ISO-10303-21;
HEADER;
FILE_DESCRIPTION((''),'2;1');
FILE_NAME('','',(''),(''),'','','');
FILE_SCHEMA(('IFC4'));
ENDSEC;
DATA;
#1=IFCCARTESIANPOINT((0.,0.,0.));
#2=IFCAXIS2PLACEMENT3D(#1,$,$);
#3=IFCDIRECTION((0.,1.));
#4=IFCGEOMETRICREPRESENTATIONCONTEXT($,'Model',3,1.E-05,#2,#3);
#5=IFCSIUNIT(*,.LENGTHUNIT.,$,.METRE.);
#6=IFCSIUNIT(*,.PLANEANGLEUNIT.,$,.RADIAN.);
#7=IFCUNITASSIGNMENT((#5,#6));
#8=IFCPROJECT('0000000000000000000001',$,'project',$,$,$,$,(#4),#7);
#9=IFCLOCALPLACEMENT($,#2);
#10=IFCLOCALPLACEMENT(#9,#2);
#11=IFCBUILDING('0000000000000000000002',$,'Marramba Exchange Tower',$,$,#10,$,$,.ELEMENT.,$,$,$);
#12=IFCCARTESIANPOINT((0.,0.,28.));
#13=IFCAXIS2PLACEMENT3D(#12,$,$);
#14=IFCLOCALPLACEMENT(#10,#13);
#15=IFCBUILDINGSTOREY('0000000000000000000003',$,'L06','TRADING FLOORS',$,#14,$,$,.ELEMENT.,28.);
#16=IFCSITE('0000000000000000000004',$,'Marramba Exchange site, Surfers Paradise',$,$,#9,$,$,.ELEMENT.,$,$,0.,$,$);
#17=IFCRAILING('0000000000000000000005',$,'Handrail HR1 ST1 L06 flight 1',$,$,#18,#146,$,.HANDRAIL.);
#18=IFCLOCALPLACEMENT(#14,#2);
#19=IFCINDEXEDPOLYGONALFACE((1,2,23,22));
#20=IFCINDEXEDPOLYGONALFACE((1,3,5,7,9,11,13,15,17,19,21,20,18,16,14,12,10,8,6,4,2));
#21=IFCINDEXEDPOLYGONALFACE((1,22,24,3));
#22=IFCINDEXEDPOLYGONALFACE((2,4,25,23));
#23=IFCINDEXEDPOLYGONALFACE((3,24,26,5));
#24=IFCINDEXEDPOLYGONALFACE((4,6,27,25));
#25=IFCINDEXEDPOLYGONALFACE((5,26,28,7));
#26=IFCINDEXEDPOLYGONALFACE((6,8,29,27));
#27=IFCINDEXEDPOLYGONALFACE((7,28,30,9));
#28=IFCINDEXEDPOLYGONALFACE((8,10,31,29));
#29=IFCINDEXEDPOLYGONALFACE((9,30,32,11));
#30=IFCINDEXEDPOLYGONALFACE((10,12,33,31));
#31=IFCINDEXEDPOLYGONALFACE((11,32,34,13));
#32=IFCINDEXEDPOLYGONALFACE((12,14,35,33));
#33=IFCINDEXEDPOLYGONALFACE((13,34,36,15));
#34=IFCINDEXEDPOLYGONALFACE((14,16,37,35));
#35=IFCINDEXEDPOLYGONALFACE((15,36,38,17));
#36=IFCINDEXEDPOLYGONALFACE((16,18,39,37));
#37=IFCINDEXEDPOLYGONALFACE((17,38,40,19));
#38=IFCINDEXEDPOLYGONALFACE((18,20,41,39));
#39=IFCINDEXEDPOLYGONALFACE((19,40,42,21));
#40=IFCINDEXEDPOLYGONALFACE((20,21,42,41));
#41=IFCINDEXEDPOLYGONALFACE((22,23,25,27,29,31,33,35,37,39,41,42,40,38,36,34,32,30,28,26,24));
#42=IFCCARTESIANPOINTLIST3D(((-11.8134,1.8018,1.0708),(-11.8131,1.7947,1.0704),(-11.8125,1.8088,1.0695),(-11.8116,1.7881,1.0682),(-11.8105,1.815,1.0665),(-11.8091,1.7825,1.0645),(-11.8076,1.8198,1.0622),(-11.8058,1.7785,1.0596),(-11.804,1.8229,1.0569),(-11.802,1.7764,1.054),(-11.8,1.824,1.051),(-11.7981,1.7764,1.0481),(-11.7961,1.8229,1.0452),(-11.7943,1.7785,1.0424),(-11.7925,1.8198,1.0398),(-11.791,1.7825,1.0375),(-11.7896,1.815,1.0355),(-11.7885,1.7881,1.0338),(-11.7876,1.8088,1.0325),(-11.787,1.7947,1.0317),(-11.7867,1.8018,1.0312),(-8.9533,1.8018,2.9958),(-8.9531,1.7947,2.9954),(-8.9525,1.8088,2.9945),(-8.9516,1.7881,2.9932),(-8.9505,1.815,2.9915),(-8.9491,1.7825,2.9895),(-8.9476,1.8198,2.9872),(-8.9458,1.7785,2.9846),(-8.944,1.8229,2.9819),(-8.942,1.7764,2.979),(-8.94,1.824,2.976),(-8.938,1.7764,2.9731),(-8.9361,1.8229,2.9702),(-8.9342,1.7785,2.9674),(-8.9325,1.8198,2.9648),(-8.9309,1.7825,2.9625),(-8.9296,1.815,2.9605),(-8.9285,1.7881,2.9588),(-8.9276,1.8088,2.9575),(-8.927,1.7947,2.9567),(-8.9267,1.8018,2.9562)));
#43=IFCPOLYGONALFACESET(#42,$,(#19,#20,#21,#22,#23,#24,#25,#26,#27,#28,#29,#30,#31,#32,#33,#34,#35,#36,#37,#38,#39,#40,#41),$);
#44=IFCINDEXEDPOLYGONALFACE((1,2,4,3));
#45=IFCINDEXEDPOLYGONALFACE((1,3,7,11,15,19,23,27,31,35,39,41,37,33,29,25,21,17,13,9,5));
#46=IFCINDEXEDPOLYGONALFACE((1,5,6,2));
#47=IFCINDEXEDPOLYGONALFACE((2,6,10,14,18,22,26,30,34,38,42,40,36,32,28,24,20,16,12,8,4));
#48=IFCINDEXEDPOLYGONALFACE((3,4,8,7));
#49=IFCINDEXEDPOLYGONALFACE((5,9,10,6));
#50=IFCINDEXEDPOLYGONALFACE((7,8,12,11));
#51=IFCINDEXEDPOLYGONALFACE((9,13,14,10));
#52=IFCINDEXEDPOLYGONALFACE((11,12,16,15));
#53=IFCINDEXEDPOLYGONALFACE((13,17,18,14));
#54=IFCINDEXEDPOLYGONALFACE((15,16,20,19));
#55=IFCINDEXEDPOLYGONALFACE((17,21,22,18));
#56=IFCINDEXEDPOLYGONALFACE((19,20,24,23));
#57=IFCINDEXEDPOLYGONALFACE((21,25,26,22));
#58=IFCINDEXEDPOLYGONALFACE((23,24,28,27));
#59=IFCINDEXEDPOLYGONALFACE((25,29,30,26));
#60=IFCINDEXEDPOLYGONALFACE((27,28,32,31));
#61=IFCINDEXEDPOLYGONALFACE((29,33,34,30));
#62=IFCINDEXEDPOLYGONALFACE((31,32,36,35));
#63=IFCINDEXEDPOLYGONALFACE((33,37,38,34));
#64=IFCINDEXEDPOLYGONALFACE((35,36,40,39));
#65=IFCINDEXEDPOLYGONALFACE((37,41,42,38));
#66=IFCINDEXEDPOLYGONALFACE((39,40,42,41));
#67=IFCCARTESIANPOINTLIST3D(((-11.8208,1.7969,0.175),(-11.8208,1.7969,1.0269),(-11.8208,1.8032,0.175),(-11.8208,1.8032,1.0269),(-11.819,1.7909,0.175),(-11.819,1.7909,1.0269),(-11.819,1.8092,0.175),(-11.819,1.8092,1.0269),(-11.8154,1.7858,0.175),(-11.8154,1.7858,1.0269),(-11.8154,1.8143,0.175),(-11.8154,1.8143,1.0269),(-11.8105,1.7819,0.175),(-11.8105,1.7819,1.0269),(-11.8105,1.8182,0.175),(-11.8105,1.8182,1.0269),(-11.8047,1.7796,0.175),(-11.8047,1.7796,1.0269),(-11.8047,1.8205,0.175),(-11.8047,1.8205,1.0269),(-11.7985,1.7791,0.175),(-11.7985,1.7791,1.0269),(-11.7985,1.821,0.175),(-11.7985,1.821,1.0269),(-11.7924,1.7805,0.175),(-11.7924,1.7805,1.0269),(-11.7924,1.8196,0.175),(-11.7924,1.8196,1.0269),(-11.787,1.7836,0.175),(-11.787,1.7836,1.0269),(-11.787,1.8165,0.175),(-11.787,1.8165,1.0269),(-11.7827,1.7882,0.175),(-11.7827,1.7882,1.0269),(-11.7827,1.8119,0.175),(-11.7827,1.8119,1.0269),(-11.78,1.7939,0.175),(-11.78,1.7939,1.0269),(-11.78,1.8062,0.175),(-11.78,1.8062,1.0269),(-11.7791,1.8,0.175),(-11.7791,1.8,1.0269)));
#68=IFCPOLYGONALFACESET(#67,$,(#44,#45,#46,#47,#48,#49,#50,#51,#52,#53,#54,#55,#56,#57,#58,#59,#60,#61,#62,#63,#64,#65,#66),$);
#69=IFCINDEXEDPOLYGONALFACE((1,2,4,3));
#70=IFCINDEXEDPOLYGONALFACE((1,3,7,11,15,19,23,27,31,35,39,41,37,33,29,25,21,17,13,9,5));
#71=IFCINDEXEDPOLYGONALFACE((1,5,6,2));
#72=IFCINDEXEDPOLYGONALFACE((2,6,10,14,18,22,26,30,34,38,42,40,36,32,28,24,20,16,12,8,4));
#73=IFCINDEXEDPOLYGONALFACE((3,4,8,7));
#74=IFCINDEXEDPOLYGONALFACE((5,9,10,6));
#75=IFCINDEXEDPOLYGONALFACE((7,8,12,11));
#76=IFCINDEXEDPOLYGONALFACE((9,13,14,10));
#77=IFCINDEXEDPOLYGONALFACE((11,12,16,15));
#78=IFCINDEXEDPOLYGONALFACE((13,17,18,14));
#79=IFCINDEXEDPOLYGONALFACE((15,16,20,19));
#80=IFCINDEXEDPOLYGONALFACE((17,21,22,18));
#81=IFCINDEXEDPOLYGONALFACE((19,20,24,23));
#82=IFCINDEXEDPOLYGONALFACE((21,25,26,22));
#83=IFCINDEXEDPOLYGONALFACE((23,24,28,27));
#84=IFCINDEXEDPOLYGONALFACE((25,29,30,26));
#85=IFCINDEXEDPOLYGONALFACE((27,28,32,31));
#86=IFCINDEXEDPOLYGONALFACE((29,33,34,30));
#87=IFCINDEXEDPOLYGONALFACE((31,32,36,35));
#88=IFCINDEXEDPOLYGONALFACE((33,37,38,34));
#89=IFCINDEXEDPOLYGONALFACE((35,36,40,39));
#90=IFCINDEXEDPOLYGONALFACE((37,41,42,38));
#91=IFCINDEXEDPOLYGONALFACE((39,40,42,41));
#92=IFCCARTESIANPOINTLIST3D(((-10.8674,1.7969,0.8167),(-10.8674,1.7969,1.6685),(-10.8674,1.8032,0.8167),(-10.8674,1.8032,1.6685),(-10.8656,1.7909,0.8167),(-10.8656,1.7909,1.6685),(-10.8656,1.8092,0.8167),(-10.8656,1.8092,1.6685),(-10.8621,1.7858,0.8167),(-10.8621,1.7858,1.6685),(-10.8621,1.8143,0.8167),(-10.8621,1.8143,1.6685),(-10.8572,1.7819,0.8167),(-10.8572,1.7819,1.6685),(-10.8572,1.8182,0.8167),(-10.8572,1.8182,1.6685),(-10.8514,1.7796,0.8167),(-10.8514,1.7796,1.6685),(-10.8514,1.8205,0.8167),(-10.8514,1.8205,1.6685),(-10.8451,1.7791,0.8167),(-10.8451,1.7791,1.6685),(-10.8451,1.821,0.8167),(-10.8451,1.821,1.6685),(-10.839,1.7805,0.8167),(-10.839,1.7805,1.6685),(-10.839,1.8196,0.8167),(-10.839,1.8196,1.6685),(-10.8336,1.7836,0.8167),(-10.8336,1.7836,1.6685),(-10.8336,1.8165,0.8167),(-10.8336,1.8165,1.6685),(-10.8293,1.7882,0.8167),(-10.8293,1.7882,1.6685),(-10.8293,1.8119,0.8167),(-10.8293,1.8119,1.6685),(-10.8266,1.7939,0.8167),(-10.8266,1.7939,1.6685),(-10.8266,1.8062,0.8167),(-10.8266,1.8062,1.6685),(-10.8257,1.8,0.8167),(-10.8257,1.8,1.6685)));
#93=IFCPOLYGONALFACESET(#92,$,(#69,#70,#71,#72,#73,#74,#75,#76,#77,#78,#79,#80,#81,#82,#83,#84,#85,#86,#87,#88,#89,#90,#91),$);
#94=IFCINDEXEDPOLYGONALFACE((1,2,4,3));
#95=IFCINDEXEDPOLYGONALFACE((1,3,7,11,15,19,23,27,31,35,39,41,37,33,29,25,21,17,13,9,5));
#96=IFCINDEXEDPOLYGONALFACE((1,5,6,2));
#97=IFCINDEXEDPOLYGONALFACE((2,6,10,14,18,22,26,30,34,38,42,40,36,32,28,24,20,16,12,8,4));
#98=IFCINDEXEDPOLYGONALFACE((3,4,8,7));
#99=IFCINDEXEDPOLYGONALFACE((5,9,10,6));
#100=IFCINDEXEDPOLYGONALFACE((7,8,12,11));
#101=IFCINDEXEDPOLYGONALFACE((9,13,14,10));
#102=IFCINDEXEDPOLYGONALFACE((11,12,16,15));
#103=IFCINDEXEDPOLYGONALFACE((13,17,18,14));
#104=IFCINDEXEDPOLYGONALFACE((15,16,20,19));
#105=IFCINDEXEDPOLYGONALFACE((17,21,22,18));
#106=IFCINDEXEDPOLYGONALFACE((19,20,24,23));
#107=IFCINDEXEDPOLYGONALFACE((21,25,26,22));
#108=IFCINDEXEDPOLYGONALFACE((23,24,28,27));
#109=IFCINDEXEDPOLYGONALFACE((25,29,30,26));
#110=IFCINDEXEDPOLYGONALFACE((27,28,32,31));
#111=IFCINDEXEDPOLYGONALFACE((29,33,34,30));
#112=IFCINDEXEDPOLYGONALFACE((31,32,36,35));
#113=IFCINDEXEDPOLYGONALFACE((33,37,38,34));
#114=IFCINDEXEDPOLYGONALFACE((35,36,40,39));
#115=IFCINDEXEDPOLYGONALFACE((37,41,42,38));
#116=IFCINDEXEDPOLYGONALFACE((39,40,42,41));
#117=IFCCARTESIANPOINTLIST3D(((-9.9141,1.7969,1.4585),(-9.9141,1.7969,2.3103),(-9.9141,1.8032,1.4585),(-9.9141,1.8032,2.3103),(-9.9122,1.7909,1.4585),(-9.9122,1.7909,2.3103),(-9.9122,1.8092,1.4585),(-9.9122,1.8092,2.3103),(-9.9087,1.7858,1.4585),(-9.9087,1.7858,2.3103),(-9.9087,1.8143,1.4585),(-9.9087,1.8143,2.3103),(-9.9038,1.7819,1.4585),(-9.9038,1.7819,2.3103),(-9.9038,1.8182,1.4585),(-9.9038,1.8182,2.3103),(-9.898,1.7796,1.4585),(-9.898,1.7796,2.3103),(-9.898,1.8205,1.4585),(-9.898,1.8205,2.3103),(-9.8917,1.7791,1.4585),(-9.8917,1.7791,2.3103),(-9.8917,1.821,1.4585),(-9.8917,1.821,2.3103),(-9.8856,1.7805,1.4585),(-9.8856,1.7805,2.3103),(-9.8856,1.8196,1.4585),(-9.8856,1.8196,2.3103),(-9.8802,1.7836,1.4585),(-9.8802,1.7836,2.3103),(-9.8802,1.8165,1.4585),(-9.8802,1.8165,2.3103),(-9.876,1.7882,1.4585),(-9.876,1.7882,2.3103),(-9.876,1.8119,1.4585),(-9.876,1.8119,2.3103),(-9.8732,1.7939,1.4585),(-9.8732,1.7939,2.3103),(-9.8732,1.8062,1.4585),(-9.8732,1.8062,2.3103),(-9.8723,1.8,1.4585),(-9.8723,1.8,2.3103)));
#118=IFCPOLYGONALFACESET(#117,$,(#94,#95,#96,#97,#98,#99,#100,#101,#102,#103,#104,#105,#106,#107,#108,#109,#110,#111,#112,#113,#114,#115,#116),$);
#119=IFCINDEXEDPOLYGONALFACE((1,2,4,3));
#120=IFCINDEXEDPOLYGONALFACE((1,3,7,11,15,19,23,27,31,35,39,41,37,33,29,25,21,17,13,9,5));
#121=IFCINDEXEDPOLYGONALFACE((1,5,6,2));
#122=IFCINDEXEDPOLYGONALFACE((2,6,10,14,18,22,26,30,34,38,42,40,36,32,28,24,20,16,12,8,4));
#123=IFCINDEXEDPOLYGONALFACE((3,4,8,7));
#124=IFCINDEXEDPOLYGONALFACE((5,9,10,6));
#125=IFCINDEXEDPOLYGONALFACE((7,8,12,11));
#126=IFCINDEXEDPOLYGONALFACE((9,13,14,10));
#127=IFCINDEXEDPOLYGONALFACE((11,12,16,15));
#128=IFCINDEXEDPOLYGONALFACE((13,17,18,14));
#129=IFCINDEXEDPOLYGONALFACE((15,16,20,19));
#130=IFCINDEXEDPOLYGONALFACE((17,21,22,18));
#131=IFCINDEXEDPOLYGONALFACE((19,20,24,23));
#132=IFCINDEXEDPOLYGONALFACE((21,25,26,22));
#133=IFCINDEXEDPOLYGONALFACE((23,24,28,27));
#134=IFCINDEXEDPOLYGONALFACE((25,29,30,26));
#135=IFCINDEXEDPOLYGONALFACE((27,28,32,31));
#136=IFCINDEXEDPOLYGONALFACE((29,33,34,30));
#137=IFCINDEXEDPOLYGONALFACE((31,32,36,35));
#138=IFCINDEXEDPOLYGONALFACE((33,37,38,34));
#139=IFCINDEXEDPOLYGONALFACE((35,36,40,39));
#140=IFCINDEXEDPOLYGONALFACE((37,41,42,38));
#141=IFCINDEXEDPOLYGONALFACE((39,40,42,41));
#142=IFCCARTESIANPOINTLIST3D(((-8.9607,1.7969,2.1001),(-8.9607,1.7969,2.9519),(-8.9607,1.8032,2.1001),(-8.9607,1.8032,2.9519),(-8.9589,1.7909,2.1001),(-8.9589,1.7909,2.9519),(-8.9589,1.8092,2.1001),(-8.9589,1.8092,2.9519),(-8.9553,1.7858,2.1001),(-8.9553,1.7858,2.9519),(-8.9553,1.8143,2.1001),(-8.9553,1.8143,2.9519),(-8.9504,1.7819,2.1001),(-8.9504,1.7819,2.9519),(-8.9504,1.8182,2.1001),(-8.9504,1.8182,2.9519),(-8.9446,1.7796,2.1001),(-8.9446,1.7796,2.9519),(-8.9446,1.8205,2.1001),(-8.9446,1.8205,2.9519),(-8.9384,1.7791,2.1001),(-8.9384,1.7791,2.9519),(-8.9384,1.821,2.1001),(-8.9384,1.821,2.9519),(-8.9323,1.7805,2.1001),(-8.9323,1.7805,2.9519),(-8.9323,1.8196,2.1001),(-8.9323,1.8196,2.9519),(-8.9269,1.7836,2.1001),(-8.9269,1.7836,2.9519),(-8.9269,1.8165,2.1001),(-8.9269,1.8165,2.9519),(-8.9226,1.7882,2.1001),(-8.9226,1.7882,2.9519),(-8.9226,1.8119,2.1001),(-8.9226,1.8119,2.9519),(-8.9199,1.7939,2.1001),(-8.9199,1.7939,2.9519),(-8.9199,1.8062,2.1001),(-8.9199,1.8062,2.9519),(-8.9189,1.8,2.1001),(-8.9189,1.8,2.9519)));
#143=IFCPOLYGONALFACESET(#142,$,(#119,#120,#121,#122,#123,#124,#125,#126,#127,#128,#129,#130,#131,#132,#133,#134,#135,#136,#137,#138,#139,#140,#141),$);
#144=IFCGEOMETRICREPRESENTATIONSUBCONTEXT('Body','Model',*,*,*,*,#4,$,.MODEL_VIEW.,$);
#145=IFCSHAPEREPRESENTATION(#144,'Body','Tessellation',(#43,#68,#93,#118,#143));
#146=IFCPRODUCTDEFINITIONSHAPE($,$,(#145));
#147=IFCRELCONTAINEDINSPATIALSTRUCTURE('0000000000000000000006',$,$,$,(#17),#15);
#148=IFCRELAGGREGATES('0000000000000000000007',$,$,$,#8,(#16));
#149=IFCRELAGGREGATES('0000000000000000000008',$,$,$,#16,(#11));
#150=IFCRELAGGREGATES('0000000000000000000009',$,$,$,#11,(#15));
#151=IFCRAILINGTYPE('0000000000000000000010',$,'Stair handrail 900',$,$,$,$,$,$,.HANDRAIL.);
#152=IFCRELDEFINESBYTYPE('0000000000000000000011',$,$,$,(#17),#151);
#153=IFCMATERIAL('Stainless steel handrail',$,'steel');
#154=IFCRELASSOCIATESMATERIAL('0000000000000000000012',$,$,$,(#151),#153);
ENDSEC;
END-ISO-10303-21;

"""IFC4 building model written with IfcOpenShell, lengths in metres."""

from ifc_helpers import new_model, si_unit, direction, frame, origin, origin_2d, place, context, subcontext, project, spatial, circle, extrude, material, type_object, element, save


model = new_model("IFC4")

# Units and contexts
model_context = context("Model", 3, precision=1e-05, world=origin(), true_north=direction((0.0, 1.0)))
body_context = subcontext(model_context, "Body", "Model", "MODEL_VIEW")
ifc_project = project(units=[si_unit("LENGTHUNIT", "METRE"), si_unit("PLANEANGLEUNIT", "RADIAN")], contexts=[model_context])

# Site, building, storey
site_placement = place(None, origin())
site = spatial("IfcSite", under=ifc_project, at=site_placement, Name="Marramba Exchange site, Surfers Paradise", CompositionType="ELEMENT", RefElevation=0.0)
building_placement = place(site_placement, origin())
building = spatial("IfcBuilding", under=site, at=building_placement, Name="Marramba Exchange Tower", CompositionType="ELEMENT")
storey_placement = place(building_placement, frame((0.0, 0.0, 28.0)))
storey = spatial("IfcBuildingStorey", under=building, at=storey_placement, Name="L06", Description="TRADING FLOORS", CompositionType="ELEMENT", Elevation=28.0)

# Railing
ifc_material_1 = material(Name="Stainless steel handrail", Category="steel")
railing_type = type_object("IfcRailingType", Name="Stair handrail 900", PredefinedType="HANDRAIL", material=ifc_material_1)
railing_placement = place(storey_placement, frame((-11.8, 1.8, 0.175)))
element("IfcRailing", 1, at=railing_placement, inside=storey, type_object=railing_type, Name="Handrail HR1 ST1 L06 flight 1", PredefinedType="HANDRAIL", context=body_context, shape_type="SweptSolid", body=[
    extrude(circle(Radius=0.0239, at=origin_2d()), frame((0.0, 0.0, 0.876), z_axis=(0.829591, 0.0, 0.558372), x_axis=(0.0, 1.0, 0.0)), (0.0, 0.0, 1.0), 3.4475),
    extrude(circle(Radius=0.021, at=origin_2d()), origin(), (0.0, 0.0, 1.0), 0.8518),
    extrude(circle(Radius=0.021, at=origin_2d()), frame((0.9534, 0.0, 0.6416)), (0.0, 0.0, 1.0), 0.8518),
    extrude(circle(Radius=0.021, at=origin_2d()), frame((1.9067, 0.0, 1.2834)), (0.0, 0.0, 1.0), 0.8518),
    extrude(circle(Radius=0.021, at=origin_2d()), frame((2.8601, 0.0, 1.925)), (0.0, 0.0, 1.0), 0.8518),
])

save(model, "model.ifc")
